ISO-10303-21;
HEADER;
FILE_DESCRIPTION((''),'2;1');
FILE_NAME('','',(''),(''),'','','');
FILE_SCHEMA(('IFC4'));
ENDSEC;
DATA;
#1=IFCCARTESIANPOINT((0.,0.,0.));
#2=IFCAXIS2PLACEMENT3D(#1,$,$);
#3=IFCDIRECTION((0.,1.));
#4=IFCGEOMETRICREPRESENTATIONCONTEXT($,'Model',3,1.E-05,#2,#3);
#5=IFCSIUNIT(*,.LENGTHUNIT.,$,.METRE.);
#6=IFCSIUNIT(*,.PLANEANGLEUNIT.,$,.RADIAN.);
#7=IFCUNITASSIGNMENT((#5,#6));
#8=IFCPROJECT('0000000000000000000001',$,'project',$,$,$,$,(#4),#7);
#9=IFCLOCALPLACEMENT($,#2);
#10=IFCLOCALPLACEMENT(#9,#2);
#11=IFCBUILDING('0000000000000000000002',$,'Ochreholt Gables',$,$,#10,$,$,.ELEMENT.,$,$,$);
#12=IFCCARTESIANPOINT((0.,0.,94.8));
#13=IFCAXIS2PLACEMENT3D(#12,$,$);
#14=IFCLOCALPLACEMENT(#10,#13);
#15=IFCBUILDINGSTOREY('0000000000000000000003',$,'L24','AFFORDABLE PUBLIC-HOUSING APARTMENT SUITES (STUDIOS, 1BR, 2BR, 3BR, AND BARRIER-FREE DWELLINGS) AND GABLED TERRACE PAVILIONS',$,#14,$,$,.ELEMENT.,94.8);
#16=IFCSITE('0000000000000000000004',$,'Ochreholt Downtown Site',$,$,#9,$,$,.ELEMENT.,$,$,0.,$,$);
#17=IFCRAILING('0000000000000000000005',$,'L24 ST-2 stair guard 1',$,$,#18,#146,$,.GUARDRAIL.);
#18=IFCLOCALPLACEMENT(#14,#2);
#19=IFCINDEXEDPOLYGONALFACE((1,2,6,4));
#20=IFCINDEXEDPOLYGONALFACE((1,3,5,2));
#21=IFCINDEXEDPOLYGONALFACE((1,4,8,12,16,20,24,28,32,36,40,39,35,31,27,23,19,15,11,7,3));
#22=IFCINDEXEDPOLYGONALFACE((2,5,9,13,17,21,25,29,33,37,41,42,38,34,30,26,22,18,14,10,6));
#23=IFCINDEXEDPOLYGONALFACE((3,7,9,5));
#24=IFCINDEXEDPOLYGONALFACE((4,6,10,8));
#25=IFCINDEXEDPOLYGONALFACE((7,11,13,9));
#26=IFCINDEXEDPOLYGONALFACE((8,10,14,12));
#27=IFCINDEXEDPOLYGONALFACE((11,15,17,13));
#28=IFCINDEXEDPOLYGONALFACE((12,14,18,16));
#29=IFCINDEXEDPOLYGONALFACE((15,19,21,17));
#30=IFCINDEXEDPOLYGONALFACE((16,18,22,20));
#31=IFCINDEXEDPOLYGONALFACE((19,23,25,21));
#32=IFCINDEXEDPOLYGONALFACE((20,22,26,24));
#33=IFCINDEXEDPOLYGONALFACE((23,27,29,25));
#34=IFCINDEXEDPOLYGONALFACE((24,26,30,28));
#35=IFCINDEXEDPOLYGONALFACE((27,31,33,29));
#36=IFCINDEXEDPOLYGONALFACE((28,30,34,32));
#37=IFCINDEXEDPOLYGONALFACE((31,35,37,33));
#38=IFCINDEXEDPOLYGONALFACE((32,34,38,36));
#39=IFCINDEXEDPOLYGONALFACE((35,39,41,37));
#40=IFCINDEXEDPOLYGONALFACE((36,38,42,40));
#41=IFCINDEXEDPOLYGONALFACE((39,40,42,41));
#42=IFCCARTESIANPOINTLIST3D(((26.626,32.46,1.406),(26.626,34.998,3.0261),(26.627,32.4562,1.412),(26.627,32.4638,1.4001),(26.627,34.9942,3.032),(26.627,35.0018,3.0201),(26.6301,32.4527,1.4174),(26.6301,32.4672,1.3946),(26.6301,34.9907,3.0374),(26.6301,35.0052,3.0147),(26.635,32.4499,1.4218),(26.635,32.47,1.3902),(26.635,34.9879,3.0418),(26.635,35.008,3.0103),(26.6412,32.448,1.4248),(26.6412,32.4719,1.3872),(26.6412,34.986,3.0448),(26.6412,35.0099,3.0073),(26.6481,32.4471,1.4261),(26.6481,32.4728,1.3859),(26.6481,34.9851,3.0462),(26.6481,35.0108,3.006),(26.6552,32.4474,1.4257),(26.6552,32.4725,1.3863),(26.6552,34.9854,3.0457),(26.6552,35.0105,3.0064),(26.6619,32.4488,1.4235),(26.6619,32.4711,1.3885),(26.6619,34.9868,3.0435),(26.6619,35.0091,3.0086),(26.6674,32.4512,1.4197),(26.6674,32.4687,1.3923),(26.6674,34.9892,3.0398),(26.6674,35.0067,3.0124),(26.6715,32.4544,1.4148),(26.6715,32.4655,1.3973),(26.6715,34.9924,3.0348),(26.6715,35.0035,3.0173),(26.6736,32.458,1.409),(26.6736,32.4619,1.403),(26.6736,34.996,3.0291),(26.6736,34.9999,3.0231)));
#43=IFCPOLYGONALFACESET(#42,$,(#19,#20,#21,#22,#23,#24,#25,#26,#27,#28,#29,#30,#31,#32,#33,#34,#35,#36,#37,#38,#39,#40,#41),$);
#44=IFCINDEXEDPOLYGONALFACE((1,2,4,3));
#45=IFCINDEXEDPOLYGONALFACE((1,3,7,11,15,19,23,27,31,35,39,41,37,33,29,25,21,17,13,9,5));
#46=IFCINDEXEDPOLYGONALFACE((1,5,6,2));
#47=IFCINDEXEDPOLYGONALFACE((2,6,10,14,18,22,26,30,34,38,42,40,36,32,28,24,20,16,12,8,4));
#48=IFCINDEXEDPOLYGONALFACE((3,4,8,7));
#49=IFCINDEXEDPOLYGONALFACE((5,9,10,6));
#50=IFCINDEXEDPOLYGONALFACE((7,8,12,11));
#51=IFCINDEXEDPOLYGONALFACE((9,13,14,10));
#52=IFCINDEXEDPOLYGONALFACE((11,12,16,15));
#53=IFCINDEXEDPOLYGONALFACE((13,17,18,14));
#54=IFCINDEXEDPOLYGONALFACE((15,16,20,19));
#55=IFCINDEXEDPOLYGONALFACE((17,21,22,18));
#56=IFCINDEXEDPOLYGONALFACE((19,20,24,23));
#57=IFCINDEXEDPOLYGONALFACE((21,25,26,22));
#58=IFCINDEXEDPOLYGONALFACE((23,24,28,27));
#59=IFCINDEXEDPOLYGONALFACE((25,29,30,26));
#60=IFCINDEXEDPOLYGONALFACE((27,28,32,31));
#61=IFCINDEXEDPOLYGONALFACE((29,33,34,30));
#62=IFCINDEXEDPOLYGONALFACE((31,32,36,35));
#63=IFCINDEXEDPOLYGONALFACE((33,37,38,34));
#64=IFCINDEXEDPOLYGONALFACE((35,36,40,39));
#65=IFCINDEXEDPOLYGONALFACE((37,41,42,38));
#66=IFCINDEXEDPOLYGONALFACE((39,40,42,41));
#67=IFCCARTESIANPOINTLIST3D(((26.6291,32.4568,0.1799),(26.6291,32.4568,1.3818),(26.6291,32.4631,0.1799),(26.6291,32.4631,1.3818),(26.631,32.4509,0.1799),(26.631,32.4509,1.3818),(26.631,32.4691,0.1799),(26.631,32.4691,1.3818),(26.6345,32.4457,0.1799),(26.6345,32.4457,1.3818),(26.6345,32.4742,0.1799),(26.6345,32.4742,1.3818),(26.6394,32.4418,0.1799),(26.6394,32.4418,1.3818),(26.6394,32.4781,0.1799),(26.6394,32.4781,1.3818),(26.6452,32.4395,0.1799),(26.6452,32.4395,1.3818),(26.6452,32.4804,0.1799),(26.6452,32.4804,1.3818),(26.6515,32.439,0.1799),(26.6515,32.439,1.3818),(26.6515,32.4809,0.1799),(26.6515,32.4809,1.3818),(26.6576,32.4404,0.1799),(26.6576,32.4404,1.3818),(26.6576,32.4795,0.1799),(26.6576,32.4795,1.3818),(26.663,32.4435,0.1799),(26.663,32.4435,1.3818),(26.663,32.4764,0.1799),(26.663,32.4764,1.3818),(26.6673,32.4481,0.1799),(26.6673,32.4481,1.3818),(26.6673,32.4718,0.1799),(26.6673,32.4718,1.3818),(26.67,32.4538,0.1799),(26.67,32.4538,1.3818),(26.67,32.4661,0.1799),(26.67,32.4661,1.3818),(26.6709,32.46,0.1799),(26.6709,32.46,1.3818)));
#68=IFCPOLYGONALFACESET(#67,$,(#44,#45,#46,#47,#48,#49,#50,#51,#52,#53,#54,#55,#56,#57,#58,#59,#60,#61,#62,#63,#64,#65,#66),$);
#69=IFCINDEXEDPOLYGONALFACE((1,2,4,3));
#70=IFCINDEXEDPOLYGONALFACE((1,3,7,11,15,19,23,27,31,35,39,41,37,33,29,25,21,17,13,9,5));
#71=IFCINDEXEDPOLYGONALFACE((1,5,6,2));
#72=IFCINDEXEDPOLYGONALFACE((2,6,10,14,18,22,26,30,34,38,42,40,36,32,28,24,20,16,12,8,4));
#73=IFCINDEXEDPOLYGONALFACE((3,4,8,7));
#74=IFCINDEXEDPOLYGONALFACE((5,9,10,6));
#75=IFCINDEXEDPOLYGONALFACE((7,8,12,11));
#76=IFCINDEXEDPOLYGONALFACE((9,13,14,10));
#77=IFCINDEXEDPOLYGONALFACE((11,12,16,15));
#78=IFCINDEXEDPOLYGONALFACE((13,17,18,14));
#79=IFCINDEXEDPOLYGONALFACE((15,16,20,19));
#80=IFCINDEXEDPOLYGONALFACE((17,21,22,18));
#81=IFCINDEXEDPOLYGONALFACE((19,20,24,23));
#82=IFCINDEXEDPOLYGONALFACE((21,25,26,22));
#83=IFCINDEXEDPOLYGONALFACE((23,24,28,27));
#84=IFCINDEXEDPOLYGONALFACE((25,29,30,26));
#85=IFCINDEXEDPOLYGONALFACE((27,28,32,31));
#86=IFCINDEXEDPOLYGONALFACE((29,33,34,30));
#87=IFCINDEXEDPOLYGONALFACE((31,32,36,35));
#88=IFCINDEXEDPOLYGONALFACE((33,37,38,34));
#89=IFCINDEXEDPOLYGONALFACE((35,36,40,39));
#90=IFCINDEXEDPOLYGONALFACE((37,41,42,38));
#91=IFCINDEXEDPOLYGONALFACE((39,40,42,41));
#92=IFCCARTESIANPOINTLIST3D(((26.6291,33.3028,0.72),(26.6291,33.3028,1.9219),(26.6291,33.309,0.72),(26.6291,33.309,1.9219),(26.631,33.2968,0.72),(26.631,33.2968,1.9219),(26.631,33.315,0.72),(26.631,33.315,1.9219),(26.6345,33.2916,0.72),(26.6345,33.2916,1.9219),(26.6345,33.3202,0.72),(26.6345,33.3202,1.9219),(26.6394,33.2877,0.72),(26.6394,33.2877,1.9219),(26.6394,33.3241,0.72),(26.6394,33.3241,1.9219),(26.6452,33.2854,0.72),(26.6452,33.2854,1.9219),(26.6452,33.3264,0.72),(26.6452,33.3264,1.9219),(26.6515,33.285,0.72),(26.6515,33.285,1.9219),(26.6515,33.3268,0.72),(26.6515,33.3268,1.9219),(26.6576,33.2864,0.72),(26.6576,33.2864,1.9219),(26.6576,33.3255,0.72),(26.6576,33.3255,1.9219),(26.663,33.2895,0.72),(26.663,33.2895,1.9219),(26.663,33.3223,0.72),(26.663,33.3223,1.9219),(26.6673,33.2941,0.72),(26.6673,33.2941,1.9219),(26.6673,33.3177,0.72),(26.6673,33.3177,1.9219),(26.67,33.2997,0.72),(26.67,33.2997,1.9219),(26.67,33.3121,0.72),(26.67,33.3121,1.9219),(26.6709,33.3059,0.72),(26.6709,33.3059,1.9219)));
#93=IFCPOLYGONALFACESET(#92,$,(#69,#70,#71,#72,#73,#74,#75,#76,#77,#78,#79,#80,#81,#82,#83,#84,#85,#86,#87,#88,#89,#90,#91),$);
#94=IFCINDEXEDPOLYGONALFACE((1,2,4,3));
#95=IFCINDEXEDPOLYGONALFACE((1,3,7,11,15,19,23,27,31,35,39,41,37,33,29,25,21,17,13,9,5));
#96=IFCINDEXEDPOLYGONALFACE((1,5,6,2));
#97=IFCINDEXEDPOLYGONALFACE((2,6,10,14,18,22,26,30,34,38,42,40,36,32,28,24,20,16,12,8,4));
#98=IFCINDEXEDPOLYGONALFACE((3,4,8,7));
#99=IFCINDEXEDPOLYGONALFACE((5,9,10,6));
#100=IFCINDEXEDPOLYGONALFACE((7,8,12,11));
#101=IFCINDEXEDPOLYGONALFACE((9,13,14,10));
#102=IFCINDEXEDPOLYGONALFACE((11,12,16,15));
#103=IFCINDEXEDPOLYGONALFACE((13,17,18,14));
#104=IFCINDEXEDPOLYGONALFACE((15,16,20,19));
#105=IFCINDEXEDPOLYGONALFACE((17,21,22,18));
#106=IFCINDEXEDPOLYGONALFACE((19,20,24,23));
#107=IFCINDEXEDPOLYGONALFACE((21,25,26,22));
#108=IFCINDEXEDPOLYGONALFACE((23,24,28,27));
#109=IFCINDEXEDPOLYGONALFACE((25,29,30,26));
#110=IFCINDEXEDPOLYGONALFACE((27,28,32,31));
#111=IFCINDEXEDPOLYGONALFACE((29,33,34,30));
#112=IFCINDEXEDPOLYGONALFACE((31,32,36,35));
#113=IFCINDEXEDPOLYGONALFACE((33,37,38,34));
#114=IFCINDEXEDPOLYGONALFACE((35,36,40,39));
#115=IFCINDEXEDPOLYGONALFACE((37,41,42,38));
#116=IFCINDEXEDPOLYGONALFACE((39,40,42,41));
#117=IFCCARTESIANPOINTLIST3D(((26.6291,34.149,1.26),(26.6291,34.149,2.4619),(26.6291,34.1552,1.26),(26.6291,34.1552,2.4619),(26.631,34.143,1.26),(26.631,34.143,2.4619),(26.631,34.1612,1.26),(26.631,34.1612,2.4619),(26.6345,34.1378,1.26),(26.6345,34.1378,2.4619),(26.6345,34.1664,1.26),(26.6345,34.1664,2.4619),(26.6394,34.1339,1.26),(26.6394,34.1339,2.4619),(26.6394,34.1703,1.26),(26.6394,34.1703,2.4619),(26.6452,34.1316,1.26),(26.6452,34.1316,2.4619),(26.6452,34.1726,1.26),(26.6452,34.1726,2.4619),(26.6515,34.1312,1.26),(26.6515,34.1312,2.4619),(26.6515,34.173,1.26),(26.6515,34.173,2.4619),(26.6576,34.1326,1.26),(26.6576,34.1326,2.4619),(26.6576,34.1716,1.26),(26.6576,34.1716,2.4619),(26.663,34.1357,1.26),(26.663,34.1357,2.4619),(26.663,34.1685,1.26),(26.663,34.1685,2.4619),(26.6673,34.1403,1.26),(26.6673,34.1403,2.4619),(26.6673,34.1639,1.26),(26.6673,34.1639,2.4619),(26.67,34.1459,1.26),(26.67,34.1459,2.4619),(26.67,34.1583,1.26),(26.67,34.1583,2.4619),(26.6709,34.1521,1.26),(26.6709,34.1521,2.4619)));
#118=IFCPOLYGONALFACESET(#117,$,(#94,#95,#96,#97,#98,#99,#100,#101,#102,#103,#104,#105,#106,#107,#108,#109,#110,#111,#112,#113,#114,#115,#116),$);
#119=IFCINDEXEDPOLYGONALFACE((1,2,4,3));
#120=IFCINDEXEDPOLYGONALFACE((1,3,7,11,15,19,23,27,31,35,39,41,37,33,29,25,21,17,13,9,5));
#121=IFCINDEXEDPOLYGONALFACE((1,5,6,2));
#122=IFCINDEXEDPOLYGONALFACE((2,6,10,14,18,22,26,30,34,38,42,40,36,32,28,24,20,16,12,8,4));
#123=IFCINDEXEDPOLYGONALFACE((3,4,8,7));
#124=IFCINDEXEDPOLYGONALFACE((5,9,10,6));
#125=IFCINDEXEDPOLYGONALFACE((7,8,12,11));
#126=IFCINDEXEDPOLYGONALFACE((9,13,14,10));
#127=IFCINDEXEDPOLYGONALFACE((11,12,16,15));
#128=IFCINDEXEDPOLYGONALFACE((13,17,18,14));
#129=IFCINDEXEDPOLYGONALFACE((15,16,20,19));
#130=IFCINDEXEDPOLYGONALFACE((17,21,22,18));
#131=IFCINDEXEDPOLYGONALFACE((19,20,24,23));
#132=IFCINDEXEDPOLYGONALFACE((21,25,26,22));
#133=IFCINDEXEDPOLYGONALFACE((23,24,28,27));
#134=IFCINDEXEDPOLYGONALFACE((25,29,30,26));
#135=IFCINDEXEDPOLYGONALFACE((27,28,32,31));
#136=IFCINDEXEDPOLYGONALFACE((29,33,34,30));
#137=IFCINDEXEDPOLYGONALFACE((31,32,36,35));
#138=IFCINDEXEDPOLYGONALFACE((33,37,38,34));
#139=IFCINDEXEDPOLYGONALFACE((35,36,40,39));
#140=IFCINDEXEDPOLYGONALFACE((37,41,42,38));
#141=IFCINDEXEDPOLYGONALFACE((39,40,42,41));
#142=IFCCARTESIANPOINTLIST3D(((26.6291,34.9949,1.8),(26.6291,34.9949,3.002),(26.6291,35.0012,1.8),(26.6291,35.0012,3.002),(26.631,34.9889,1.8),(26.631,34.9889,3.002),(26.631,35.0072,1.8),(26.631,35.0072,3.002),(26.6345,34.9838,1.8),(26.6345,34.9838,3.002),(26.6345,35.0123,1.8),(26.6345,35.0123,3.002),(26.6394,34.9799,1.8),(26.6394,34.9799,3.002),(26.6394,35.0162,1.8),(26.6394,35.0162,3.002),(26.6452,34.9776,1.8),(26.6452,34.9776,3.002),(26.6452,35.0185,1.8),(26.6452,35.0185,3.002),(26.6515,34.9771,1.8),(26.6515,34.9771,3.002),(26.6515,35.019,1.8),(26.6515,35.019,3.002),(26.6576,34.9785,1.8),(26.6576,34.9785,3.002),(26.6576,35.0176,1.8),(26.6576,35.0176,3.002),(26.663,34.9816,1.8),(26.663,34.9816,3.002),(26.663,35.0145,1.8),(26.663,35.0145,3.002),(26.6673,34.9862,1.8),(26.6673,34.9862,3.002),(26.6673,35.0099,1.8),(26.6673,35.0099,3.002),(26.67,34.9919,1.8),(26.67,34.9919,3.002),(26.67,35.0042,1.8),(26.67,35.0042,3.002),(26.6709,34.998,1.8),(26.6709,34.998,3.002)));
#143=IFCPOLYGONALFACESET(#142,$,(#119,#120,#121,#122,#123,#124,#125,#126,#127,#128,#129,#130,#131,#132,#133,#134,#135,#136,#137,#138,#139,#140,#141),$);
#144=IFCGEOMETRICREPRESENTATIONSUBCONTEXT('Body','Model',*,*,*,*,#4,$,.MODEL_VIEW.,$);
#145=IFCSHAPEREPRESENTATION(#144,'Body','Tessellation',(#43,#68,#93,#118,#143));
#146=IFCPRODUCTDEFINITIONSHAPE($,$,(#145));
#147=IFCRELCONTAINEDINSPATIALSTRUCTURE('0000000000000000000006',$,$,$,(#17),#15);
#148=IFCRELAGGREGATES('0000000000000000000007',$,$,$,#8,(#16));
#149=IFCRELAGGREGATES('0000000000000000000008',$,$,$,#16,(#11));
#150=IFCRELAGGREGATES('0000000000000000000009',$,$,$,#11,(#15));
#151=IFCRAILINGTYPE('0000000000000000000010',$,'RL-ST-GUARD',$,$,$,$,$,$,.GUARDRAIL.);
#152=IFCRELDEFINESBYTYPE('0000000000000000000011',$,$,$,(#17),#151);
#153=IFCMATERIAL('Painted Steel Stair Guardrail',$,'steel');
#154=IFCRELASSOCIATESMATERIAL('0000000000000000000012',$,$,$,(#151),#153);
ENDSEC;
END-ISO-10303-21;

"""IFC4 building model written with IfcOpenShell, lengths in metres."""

from ifc_helpers import new_model, si_unit, direction, frame, origin, origin_2d, place, context, subcontext, project, spatial, circle, extrude, material, type_object, element, save


model = new_model("IFC4")

# Units and contexts
model_context = context("Model", 3, precision=1e-05, world=origin(), true_north=direction((0.0, 1.0)))
body_context = subcontext(model_context, "Body", "Model", "MODEL_VIEW")
ifc_project = project(units=[si_unit("LENGTHUNIT", "METRE"), si_unit("PLANEANGLEUNIT", "RADIAN")], contexts=[model_context])

# Site, building, storey
site_placement = place(None, origin())
site = spatial("IfcSite", under=ifc_project, at=site_placement, Name="Ochreholt Downtown Site", CompositionType="ELEMENT", RefElevation=0.0)
building_placement = place(site_placement, origin())
building = spatial("IfcBuilding", under=site, at=building_placement, Name="Ochreholt Gables", CompositionType="ELEMENT")
storey_placement = place(building_placement, frame((0.0, 0.0, 94.8)))
storey = spatial("IfcBuildingStorey", under=building, at=storey_placement, Name="L24", Description="AFFORDABLE PUBLIC-HOUSING APARTMENT SUITES (STUDIOS, 1BR, 2BR, 3BR, AND BARRIER-FREE DWELLINGS) AND GABLED TERRACE PAVILIONS", CompositionType="ELEMENT", Elevation=94.8)

# Railing
ifc_material_1 = material(Name="Painted Steel Stair Guardrail", Category="steel")
railing_type_1 = type_object("IfcRailingType", Name="RL-ST-GUARD", PredefinedType="GUARDRAIL", material=ifc_material_1)
railing_1_placement = place(storey_placement, frame((26.6499, 32.46, 0.1799)))
element("IfcRailing", 1, at=railing_1_placement, inside=storey, type_object=railing_type_1, Name="L24 ST-2 stair guard 1", PredefinedType="GUARDRAIL", context=body_context, shape_type="SweptSolid", body=[
    extrude(circle(Radius=0.0239, at=origin_2d()), frame((0.0, 0.0, 1.2261), z_axis=(0.0, 0.842913, 0.53805), x_axis=(-1.0, 0.0, 0.0)), (0.0, 0.0, 1.0), 3.011),
    extrude(circle(Radius=0.021, at=origin_2d()), origin(), (0.0, 0.0, 1.0), 1.2019),
    extrude(circle(Radius=0.021, at=origin_2d()), frame((0.0, 0.8459, 0.54)), (0.0, 0.0, 1.0), 1.2019),
    extrude(circle(Radius=0.021, at=origin_2d()), frame((0.0, 1.6921, 1.0801)), (0.0, 0.0, 1.0), 1.2019),
    extrude(circle(Radius=0.021, at=origin_2d()), frame((0.0, 2.5381, 1.6201)), (0.0, 0.0, 1.0), 1.2019),
])

save(model, "model.ifc")
